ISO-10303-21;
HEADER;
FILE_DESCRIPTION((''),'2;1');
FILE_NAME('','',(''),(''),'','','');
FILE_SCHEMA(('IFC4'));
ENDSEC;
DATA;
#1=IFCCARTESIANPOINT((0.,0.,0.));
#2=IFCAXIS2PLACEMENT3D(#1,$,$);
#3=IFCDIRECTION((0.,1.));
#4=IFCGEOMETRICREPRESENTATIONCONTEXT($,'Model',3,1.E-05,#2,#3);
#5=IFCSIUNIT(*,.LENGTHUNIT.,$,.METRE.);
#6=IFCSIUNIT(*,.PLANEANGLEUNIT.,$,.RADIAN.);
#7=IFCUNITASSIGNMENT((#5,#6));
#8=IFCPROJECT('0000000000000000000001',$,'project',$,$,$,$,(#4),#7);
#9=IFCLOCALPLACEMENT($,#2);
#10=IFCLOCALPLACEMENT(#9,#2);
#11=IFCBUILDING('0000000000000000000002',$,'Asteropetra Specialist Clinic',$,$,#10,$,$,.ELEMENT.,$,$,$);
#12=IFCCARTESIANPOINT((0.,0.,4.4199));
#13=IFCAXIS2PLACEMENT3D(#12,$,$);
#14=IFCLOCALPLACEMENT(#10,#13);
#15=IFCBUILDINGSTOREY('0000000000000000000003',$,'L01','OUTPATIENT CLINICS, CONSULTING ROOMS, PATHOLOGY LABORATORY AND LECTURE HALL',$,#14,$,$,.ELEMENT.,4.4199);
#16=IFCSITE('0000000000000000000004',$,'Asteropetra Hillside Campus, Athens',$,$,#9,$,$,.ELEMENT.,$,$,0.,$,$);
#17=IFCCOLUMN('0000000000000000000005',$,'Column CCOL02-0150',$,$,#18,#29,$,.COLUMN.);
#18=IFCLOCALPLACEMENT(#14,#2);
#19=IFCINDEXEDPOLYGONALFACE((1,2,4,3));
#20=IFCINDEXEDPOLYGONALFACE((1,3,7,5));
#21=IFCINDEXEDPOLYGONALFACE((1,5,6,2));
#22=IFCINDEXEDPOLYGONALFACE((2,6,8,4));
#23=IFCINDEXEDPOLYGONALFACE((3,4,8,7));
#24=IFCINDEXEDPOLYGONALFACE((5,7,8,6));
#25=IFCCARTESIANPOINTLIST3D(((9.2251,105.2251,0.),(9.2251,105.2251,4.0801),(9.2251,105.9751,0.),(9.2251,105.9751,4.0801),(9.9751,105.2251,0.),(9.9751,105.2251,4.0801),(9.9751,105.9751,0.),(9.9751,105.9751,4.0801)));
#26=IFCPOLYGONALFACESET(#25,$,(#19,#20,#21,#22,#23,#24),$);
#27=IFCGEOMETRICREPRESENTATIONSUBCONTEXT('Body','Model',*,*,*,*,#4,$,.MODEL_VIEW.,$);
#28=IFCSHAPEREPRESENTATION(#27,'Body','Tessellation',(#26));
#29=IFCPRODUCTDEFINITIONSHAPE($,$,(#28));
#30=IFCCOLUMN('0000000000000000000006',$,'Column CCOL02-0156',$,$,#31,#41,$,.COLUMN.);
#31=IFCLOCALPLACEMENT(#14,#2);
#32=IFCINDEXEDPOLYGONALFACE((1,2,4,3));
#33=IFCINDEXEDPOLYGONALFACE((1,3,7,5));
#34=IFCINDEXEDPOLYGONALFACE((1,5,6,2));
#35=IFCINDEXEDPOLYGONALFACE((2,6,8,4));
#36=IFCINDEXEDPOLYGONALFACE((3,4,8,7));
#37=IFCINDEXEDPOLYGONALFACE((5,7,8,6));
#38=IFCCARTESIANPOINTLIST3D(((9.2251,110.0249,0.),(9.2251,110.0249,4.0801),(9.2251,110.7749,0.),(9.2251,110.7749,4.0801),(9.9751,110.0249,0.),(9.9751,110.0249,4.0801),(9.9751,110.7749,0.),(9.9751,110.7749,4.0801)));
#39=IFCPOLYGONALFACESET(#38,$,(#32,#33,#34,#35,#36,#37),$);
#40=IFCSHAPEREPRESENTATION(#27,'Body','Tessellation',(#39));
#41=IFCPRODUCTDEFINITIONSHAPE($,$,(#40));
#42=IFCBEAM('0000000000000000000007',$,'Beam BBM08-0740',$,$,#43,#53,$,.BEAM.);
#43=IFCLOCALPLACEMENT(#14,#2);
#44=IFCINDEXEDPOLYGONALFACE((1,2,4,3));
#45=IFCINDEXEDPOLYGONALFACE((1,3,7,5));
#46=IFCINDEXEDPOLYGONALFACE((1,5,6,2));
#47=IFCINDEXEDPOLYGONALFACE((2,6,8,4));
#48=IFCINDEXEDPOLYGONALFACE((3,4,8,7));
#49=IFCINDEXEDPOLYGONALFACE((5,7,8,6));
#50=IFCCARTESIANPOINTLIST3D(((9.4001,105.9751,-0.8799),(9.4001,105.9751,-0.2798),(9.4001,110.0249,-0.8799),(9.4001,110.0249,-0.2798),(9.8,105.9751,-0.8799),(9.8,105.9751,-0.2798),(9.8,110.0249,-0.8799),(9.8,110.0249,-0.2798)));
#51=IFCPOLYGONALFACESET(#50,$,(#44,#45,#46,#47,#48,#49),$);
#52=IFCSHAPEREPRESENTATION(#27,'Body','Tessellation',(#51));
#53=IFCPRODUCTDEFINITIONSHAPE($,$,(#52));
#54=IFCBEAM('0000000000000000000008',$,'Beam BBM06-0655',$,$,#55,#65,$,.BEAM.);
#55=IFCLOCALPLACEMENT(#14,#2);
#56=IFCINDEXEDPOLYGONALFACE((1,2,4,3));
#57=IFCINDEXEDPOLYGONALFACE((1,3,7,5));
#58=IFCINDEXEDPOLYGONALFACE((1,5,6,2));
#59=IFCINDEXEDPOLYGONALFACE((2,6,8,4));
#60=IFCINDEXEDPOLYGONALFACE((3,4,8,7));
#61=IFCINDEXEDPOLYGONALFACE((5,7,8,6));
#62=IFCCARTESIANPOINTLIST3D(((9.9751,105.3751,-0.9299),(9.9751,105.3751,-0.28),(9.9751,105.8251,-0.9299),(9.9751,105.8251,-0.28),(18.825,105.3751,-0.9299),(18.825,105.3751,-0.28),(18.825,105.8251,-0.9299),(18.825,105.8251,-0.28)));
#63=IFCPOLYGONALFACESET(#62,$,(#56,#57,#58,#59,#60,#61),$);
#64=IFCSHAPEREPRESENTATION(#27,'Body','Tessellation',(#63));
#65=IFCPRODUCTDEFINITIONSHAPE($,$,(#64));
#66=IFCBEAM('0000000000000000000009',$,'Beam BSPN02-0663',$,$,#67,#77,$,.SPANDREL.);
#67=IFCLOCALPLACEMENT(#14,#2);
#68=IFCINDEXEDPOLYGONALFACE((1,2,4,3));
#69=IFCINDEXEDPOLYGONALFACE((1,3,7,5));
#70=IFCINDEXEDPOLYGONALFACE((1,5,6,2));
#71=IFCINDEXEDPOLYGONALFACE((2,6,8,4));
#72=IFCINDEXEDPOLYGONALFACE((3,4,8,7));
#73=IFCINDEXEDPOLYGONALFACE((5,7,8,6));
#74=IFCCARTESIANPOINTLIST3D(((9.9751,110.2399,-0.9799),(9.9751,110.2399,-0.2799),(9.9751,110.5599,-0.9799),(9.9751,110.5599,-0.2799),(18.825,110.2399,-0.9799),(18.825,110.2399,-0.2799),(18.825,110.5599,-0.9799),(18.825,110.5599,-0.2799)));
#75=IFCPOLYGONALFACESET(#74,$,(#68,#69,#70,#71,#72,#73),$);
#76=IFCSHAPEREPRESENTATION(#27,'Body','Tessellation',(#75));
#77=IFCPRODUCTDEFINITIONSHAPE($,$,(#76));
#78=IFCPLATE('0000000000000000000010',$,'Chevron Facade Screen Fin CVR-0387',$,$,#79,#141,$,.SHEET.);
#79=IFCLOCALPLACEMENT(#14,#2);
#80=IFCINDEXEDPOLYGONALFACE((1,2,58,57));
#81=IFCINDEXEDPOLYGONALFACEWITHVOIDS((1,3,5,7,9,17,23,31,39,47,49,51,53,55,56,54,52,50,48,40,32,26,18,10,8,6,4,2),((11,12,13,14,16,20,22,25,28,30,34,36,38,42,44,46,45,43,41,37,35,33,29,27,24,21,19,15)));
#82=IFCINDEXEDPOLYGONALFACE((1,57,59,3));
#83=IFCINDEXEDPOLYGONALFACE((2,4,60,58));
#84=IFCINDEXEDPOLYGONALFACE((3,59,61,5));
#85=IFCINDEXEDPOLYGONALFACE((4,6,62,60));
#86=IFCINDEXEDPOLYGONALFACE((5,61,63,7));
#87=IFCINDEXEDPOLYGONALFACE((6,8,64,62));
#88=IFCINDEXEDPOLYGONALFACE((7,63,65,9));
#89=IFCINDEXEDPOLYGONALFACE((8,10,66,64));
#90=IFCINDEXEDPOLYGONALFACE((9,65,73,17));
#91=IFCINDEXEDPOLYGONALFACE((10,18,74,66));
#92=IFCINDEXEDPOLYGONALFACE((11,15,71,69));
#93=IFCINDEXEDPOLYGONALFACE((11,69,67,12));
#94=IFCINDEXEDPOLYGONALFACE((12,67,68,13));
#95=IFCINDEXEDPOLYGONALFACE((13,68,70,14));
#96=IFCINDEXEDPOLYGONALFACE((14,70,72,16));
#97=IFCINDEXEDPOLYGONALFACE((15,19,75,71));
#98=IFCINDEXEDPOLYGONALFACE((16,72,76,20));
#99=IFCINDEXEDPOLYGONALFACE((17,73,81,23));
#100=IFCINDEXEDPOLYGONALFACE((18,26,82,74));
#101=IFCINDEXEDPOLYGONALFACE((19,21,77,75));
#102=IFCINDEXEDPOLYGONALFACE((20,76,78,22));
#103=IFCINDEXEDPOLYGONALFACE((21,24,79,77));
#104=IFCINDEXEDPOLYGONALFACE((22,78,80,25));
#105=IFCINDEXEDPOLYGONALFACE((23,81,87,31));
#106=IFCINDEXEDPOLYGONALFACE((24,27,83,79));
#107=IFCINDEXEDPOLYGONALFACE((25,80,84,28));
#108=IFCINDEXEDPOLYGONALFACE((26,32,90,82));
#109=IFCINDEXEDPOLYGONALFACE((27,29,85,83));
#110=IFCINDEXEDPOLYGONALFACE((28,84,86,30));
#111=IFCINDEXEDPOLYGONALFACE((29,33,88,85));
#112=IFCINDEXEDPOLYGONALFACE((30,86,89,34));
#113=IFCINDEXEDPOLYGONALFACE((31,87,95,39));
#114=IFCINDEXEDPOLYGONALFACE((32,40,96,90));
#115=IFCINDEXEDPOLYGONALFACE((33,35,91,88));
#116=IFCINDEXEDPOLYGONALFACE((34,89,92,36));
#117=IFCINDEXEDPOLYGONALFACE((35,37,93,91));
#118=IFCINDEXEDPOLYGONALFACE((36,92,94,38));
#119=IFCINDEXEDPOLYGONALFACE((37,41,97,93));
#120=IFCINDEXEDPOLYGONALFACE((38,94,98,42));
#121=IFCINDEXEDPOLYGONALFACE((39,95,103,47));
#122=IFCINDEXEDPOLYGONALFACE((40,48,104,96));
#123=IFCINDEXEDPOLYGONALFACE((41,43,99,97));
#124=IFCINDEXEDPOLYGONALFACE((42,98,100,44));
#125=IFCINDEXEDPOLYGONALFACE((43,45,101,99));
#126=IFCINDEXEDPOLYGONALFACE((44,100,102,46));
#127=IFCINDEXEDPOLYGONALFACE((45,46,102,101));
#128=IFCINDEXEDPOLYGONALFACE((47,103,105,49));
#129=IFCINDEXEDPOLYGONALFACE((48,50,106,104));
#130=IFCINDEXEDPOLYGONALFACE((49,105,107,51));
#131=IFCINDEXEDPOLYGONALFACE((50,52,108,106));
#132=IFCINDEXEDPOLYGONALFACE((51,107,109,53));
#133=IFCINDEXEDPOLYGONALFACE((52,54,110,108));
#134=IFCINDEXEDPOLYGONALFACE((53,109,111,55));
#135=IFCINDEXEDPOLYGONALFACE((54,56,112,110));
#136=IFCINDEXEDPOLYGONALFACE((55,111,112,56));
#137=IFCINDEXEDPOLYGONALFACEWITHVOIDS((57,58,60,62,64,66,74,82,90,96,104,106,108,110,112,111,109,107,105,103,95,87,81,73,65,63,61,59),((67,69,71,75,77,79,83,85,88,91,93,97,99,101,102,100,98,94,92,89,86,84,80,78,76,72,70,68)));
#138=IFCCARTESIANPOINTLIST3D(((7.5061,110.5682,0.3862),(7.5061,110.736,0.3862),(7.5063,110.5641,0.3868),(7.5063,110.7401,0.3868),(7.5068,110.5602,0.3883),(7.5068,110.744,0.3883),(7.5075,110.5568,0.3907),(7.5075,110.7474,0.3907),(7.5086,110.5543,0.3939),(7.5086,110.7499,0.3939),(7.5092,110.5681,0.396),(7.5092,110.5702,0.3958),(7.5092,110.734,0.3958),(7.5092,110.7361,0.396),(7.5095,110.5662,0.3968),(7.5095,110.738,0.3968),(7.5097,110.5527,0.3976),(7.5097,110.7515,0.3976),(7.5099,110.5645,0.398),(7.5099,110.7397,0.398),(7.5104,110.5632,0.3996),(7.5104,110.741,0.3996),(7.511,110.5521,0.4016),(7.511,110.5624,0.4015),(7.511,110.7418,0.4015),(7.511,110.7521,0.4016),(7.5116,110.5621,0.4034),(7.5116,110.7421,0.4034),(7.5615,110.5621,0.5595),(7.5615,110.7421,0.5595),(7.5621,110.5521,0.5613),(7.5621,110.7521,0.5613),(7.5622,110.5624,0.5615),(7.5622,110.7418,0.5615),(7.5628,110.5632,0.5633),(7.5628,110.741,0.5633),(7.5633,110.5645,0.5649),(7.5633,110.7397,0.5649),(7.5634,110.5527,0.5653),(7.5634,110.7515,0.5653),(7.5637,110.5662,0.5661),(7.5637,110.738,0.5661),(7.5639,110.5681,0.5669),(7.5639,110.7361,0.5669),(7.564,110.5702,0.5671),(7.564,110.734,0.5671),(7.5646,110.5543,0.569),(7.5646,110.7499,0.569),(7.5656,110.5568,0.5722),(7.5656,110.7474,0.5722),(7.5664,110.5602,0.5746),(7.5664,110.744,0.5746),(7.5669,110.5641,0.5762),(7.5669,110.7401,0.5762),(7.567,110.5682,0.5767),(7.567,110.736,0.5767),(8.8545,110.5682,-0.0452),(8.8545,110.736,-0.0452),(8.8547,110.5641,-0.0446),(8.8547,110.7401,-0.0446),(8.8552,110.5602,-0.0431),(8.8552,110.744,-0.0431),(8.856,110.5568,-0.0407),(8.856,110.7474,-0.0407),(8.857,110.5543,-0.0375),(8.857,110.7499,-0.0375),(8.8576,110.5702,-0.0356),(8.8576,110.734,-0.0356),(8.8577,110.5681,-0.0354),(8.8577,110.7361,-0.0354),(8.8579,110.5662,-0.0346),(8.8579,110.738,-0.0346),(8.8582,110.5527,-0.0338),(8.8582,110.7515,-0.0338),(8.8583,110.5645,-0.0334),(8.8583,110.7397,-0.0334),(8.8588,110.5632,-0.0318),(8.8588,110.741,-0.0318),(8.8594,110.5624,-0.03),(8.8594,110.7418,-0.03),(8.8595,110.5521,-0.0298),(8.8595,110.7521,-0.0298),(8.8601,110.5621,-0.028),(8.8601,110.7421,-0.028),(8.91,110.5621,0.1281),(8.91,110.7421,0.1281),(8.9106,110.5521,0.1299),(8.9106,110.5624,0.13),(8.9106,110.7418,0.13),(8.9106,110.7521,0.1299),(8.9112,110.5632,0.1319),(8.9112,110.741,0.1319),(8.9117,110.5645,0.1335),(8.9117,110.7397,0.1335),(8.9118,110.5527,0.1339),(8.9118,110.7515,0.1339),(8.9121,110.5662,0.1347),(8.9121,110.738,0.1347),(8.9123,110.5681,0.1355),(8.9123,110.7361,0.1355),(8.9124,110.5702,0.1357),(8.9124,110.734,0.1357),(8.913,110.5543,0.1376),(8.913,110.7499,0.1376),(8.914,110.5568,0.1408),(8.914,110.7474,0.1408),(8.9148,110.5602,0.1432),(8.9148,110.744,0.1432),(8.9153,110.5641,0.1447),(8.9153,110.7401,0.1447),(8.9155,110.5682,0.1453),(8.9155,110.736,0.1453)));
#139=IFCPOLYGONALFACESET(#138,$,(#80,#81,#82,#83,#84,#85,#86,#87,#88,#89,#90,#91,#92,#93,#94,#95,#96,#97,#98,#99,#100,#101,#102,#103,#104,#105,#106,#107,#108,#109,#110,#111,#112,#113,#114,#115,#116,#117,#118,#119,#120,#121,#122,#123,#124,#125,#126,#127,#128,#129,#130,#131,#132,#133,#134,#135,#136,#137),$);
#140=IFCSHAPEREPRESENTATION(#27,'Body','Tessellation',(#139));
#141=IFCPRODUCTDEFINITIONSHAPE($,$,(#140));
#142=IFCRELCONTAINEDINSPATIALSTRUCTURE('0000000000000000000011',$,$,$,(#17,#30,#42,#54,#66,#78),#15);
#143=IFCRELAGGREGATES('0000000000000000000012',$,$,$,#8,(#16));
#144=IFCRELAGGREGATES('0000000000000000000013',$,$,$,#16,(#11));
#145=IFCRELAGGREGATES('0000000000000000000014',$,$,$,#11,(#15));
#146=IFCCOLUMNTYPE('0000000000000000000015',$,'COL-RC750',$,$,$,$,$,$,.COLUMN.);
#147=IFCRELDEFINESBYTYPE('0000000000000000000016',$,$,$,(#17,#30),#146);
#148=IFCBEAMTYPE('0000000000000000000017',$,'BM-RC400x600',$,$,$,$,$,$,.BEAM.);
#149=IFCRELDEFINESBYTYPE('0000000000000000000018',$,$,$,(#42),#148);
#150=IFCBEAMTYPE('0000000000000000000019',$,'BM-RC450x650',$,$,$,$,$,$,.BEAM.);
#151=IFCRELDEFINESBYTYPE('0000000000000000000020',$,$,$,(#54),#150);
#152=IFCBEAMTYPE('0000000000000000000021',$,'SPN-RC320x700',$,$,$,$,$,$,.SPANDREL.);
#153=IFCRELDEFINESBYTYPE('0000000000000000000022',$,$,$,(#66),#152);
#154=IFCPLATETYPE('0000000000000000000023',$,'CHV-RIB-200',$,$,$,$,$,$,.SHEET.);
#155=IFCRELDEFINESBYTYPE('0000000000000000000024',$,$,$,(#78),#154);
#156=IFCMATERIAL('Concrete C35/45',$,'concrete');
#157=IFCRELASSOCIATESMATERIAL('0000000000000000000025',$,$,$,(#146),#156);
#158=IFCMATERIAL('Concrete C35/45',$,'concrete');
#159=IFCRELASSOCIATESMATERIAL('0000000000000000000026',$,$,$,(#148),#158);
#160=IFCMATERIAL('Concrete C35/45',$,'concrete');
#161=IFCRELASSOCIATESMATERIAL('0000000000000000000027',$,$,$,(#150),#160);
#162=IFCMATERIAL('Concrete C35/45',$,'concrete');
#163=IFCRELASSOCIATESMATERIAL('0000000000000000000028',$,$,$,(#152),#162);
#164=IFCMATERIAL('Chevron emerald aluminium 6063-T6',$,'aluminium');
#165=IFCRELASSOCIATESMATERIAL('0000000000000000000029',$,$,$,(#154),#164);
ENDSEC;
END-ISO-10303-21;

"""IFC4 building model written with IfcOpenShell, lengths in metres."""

from ifc_helpers import new_model, si_unit, direction, frame, origin, origin_2d, place, context, subcontext, project, spatial, rectangle, hollow_rectangle, extrude, material, material_profile, profile_set, type_object, element, save


model = new_model("IFC4")

# Units and contexts
model_context = context("Model", 3, precision=1e-05, world=origin(), true_north=direction((0.0, 1.0)))
body_context = subcontext(model_context, "Body", "Model", "MODEL_VIEW")
ifc_project = project(units=[si_unit("LENGTHUNIT", "METRE"), si_unit("PLANEANGLEUNIT", "RADIAN")], contexts=[model_context])

# Site, building, storey
site_placement = place(None, origin())
site = spatial("IfcSite", under=ifc_project, at=site_placement, Name="Asteropetra Hillside Campus, Athens", CompositionType="ELEMENT", RefElevation=0.0)
building_placement = place(site_placement, origin())
building = spatial("IfcBuilding", under=site, at=building_placement, Name="Asteropetra Specialist Clinic", CompositionType="ELEMENT")
storey_placement = place(building_placement, frame((0.0, 0.0, 4.4199)))
storey = spatial("IfcBuildingStorey", under=building, at=storey_placement, Name="L01", Description="OUTPATIENT CLINICS, CONSULTING ROOMS, PATHOLOGY LABORATORY AND LECTURE HALL", CompositionType="ELEMENT", Elevation=4.4199)

# Columns
ifc_material_1 = material(Name="Concrete C35/45", Category="concrete")
ifc_material_profile_1 = material_profile(ifc_material_1, rectangle(XDim=0.75, YDim=0.75, at=origin_2d()), Name="RC 750x750")
ifc_profile_set_1 = profile_set([ifc_material_profile_1], Name="Concrete C35/45")
column_type = type_object("IfcColumnType", Name="COL-RC750", PredefinedType="COLUMN", material=ifc_profile_set_1)
for number, where, z_axis, x_axis, name in (
    (1, (9.6001, 105.6001, 0.0), (0.0, 0.0, 1.0), (1.0, 0.0, 0.0), "Column CCOL02-0150"),
    (2, (9.6001, 110.3999, 0.0), (0.0, 0.0, 1.0), (1.0, 0.0, 0.0), "Column CCOL02-0156"),
):
    element("IfcColumn", number, at=place(storey_placement, frame(where, z_axis=z_axis, x_axis=x_axis)), inside=storey, type_object=column_type, Name=name, PredefinedType="COLUMN", context=body_context, shape_type="SweptSolid", body=[
        extrude(rectangle(XDim=0.75, YDim=0.75, at=origin_2d()), origin(), (0.0, 0.0, 1.0), 4.0801),
    ])

# Beams
ifc_material_2 = material(Name="Concrete C35/45", Category="concrete")
ifc_material_profile_2 = material_profile(ifc_material_2, rectangle(XDim=0.3999, YDim=0.6001, at=origin_2d()), Name="RCB 400x600")
ifc_profile_set_2 = profile_set([ifc_material_profile_2], Name="Concrete C35/45")
beam_type_1 = type_object("IfcBeamType", Name="BM-RC400x600", PredefinedType="BEAM", material=ifc_profile_set_2)
beam_1_placement = place(storey_placement, frame((9.6001, 105.9751, -0.5798), z_axis=(0.0, 1.0, 0.0), x_axis=(-1.0, 0.0, 0.0)))
element("IfcBeam", 3, at=beam_1_placement, inside=storey, type_object=beam_type_1, Name="Beam BBM08-0740", PredefinedType="BEAM", context=body_context, shape_type="SweptSolid", body=[
    extrude(rectangle(XDim=0.3999, YDim=0.6001, at=origin_2d()), origin(), (0.0, 0.0, 1.0), 4.0498),
])
ifc_material_3 = material(Name="Concrete C35/45", Category="concrete")
ifc_material_profile_3 = material_profile(ifc_material_3, rectangle(XDim=0.45, YDim=0.6499, at=origin_2d()), Name="RCB 450x650")
ifc_profile_set_3 = profile_set([ifc_material_profile_3], Name="Concrete C35/45")
beam_type_2 = type_object("IfcBeamType", Name="BM-RC450x650", PredefinedType="BEAM", material=ifc_profile_set_3)
beam_2_placement = place(storey_placement, frame((9.9751, 105.6001, -0.605), z_axis=(1.0, 0.0, 0.0), x_axis=(0.0, 1.0, 0.0)))
element("IfcBeam", 4, at=beam_2_placement, inside=storey, type_object=beam_type_2, Name="Beam BBM06-0655", PredefinedType="BEAM", context=body_context, shape_type="SweptSolid", body=[
    extrude(rectangle(XDim=0.45, YDim=0.6499, at=origin_2d()), origin(), (0.0, 0.0, 1.0), 8.8499),
])
ifc_material_4 = material(Name="Concrete C35/45", Category="concrete")
ifc_material_profile_4 = material_profile(ifc_material_4, rectangle(XDim=0.3201, YDim=0.7, at=origin_2d()), Name="RCS 320x700")
ifc_profile_set_4 = profile_set([ifc_material_profile_4], Name="Concrete C35/45")
beam_type_3 = type_object("IfcBeamType", Name="SPN-RC320x700", PredefinedType="SPANDREL", material=ifc_profile_set_4)
beam_3_placement = place(storey_placement, frame((9.9751, 110.3999, -0.6299), z_axis=(1.0, 0.0, 0.0), x_axis=(0.0, 1.0, 0.0)))
element("IfcBeam", 5, at=beam_3_placement, inside=storey, type_object=beam_type_3, Name="Beam BSPN02-0663", PredefinedType="SPANDREL", context=body_context, shape_type="SweptSolid", body=[
    extrude(rectangle(XDim=0.3201, YDim=0.7, at=origin_2d()), origin(), (0.0, 0.0, 1.0), 8.8499),
])

# Plate
ifc_material_5 = material(Name="Chevron emerald aluminium 6063-T6", Category="aluminium")
ifc_material_profile_5 = material_profile(ifc_material_5, hollow_rectangle(XDim=0.2, YDim=0.2, WallThickness=0.01, InnerFilletRadius=0.0081, OuterFilletRadius=0.0161, at=origin_2d()), Name="SHS 200x200x10.0")
ifc_profile_set_5 = profile_set([ifc_material_profile_5], Name="Chevron emerald aluminium 6063-T6")
plate_type_1 = type_object("IfcPlateType", Name="CHV-RIB-200", PredefinedType="SHEET", material=ifc_profile_set_5)
for number, where, z_axis, x_axis, name in (
    (6, (8.885, 110.6521, 0.05), (-0.952442, 0.0, 0.304719), (0.0, -1.0, 0.0), "Chevron Facade Screen Fin CVR-0387"),
):
    element("IfcPlate", number, at=place(storey_placement, frame(where, z_axis=z_axis, x_axis=x_axis)), inside=storey, type_object=plate_type_1, Name=name, PredefinedType="SHEET", context=body_context, shape_type="SweptSolid", body=[
        extrude(hollow_rectangle(XDim=0.2, YDim=0.2, WallThickness=0.01, InnerFilletRadius=0.0081, OuterFilletRadius=0.0161, at=origin_2d()), origin(), (0.0, 0.0, 1.0), 1.4158),
    ])

save(model, "model.ifc")
